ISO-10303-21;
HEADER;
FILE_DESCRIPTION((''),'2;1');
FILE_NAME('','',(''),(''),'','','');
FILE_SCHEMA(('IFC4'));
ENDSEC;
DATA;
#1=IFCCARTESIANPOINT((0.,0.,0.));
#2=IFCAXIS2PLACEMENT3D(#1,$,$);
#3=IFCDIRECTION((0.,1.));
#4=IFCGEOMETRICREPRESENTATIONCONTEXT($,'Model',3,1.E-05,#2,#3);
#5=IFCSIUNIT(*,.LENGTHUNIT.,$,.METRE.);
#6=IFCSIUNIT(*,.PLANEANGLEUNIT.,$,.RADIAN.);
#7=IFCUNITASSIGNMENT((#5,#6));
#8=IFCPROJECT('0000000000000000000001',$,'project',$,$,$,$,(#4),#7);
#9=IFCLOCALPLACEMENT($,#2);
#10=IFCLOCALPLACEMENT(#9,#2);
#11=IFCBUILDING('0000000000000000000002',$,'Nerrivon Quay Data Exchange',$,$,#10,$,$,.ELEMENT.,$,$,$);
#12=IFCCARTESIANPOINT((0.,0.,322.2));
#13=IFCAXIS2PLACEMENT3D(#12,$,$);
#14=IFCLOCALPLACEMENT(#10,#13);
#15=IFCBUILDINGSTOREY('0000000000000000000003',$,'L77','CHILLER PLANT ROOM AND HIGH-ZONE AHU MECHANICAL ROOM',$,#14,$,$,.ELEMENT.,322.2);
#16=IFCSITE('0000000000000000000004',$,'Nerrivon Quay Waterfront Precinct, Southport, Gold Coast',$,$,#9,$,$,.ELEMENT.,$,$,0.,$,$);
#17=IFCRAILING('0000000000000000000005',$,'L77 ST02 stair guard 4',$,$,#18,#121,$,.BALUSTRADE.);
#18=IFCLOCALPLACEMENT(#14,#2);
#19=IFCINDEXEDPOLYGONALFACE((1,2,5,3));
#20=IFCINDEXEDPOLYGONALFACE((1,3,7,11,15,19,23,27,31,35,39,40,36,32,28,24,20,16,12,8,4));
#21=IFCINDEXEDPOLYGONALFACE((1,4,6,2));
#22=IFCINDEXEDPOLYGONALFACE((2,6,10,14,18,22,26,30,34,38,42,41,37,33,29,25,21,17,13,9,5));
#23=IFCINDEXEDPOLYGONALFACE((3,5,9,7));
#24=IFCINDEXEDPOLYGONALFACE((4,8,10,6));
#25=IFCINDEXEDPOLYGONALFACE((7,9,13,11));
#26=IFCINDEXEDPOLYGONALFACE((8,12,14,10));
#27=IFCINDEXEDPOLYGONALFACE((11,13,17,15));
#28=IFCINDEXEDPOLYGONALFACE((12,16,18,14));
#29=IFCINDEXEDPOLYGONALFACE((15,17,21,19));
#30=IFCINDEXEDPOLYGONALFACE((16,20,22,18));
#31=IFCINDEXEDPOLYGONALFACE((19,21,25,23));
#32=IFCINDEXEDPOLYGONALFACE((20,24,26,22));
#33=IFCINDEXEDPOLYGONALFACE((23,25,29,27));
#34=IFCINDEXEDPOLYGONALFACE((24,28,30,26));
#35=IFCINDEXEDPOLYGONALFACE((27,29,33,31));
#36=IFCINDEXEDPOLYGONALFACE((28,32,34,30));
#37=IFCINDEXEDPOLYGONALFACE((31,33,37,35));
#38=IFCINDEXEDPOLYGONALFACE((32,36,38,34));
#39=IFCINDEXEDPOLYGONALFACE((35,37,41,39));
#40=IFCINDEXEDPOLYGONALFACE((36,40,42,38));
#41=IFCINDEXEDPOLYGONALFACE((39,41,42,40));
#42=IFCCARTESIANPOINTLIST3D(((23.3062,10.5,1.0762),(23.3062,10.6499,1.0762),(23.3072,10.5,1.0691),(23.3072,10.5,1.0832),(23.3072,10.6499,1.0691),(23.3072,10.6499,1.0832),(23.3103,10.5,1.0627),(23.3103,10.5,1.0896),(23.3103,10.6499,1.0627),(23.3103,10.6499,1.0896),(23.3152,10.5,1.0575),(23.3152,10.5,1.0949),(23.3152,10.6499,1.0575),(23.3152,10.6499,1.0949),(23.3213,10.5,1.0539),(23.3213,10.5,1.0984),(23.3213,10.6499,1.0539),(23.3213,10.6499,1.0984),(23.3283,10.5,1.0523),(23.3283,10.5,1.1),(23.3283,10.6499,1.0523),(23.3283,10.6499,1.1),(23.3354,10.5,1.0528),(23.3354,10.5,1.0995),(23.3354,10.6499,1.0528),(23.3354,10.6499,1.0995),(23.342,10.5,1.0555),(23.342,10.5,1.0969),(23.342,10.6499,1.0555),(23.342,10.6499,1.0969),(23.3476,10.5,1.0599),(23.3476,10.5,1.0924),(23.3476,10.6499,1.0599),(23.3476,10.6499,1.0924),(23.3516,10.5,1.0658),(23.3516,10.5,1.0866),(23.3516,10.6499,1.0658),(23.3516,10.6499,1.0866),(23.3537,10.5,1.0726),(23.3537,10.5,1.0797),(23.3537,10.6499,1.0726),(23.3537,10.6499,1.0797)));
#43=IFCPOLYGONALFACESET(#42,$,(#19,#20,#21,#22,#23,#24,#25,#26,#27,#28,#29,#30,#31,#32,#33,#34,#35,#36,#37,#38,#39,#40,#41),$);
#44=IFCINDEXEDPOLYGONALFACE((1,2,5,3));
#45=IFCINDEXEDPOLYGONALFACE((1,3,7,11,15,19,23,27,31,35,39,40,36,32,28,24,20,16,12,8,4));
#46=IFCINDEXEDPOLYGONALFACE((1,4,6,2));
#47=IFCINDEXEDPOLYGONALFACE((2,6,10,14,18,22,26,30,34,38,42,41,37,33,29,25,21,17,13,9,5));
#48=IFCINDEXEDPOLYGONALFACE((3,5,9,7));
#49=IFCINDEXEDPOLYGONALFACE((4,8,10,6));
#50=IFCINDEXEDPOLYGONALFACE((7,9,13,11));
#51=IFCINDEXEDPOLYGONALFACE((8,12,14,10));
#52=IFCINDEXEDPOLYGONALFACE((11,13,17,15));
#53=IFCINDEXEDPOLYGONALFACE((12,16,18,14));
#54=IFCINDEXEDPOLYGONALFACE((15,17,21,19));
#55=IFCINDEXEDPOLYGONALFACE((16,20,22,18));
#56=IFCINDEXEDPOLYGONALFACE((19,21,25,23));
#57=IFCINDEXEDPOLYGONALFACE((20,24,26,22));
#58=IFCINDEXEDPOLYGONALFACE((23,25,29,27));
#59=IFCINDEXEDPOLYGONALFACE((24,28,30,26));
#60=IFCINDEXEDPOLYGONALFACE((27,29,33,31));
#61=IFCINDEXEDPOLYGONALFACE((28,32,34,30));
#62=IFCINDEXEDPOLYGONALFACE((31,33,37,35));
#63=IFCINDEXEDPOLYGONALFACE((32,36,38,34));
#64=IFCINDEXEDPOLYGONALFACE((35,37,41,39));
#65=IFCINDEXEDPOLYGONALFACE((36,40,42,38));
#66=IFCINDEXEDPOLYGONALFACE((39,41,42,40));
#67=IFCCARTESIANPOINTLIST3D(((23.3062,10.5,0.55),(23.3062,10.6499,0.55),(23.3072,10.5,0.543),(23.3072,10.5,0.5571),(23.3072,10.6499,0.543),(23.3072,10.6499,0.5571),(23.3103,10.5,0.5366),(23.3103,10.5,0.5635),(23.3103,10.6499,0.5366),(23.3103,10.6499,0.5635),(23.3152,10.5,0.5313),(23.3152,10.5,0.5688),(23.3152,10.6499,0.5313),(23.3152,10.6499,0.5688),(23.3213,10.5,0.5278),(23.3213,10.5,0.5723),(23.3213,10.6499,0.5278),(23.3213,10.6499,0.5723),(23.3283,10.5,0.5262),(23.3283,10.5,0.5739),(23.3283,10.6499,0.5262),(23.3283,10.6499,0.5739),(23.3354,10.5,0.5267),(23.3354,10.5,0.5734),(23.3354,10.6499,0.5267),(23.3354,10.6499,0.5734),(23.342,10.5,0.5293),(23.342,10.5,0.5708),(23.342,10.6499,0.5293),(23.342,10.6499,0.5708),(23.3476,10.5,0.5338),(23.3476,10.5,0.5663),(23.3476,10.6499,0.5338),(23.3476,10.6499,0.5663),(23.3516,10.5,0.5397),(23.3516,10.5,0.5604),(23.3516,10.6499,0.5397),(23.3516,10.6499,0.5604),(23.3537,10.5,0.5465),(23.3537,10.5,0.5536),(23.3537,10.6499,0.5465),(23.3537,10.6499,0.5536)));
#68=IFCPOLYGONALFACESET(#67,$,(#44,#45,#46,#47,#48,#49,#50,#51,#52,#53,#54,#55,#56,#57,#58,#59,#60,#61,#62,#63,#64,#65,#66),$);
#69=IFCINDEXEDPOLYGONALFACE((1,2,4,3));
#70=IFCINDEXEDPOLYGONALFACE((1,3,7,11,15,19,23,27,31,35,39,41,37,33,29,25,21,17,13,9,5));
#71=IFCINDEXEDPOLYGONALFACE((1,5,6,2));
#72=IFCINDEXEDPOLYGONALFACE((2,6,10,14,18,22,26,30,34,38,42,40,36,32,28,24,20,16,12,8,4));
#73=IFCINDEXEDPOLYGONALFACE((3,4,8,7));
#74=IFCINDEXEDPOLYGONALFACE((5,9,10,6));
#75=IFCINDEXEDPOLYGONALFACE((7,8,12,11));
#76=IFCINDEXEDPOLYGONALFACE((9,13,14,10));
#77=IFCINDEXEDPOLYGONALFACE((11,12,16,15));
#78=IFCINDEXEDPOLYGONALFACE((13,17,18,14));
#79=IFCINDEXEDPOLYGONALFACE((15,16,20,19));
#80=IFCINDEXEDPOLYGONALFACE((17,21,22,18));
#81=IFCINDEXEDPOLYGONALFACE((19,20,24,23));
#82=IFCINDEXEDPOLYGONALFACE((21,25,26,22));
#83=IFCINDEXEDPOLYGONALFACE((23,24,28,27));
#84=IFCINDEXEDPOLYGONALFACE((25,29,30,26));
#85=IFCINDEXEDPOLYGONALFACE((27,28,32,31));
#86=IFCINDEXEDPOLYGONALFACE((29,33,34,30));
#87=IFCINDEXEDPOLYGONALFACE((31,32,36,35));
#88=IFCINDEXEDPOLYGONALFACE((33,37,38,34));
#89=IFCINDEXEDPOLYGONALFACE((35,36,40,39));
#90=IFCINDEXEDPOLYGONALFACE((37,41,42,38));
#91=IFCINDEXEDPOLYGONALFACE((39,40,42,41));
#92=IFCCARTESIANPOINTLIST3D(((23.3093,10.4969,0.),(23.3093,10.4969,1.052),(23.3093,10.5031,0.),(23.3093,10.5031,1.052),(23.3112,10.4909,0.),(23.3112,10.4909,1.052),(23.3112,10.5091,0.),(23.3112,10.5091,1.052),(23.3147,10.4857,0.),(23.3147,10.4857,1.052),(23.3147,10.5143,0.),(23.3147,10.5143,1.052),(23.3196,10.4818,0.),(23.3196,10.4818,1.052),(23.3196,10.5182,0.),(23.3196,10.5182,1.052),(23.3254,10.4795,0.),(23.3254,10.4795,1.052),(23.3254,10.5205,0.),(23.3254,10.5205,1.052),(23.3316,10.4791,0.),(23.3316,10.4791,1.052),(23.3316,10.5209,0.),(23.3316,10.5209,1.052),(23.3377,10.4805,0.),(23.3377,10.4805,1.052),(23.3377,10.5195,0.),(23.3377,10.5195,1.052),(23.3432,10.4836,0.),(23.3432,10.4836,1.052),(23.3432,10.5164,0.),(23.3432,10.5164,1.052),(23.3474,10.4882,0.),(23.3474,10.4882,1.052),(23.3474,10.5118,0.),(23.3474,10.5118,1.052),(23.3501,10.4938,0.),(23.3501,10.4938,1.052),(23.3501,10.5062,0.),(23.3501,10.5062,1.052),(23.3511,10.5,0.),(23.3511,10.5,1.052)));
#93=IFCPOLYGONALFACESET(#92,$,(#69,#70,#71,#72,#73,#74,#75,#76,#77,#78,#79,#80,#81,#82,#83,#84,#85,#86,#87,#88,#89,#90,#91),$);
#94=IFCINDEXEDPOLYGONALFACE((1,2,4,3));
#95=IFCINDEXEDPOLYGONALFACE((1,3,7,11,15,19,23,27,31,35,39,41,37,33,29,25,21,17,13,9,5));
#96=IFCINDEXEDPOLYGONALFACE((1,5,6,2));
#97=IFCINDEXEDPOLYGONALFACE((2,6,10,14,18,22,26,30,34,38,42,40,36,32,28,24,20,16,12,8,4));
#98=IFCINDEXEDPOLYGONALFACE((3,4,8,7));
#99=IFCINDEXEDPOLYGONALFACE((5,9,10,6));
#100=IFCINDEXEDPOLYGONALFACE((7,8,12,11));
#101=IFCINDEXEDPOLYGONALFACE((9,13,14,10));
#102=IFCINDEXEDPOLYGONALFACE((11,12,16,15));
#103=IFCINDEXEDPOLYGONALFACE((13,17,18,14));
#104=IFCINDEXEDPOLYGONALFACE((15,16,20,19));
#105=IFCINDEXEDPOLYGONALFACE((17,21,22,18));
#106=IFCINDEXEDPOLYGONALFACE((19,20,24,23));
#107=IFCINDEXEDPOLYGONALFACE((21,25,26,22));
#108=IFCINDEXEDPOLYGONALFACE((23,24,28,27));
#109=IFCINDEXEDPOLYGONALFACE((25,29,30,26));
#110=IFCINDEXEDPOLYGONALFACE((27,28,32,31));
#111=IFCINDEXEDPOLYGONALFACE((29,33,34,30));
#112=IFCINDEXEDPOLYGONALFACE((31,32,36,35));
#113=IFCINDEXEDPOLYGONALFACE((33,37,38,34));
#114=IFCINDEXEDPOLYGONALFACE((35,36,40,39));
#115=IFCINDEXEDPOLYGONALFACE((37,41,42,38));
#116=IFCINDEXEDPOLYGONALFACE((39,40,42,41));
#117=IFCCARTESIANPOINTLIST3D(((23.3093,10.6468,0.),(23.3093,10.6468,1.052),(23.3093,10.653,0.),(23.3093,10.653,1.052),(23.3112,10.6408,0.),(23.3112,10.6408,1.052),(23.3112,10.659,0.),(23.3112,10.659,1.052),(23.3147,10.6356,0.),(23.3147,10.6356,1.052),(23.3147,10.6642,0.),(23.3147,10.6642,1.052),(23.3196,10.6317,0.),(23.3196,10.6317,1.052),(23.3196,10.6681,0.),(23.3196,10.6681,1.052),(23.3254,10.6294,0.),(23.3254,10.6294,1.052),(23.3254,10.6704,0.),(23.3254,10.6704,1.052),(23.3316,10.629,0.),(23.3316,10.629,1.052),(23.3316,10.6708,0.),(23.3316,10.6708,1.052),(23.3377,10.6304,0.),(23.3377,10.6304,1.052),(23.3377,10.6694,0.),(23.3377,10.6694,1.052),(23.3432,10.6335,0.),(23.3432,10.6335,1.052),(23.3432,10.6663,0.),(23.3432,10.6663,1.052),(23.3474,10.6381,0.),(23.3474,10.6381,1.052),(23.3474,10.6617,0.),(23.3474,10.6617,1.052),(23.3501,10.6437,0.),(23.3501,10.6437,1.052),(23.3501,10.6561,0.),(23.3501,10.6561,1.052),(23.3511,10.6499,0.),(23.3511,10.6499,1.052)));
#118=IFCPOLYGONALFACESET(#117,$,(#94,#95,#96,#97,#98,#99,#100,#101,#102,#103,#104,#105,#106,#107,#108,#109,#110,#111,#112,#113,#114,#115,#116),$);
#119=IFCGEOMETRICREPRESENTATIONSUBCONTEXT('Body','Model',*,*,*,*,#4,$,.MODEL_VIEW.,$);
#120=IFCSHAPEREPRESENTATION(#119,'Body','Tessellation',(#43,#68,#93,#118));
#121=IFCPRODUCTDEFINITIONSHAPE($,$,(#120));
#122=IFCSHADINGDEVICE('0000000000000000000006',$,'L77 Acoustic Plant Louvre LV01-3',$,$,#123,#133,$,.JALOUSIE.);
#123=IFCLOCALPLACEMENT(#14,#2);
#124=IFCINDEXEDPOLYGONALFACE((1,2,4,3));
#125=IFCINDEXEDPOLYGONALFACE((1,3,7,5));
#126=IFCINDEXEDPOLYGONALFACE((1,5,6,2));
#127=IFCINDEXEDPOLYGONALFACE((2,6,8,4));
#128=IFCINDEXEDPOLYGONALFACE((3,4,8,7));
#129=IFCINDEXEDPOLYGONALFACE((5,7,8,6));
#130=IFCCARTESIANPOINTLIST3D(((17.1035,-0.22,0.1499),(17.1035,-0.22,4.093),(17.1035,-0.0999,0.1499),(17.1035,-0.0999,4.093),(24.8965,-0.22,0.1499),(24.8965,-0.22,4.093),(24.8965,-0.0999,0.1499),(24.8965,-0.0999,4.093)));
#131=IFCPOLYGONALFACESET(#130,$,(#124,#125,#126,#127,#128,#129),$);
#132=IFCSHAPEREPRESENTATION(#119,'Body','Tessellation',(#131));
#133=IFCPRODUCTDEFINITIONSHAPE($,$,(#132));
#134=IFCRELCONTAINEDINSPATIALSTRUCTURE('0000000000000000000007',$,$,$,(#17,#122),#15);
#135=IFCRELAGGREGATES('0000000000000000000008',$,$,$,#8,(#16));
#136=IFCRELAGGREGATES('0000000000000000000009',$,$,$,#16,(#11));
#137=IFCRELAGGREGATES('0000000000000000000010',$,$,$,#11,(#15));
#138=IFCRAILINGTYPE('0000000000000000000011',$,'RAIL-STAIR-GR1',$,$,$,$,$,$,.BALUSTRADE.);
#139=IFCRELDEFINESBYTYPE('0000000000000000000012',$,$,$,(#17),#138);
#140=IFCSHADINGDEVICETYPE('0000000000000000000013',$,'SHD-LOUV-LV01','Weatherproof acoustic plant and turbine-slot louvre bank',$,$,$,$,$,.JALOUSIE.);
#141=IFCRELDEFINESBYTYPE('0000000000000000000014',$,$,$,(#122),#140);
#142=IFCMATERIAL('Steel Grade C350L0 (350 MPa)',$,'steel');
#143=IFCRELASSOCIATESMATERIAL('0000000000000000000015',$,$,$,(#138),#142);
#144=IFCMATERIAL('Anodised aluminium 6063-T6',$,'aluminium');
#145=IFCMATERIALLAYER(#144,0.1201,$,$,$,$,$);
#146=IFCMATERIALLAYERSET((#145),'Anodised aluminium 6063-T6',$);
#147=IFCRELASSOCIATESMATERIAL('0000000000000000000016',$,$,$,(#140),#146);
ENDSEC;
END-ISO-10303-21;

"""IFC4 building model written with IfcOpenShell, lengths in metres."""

from ifc_helpers import new_model, si_unit, direction, frame, origin, origin_2d, place, context, subcontext, project, spatial, rectangle, circle, extrude, material, layer, layer_set, type_object, element, save


model = new_model("IFC4")

# Units and contexts
model_context = context("Model", 3, precision=1e-05, world=origin(), true_north=direction((0.0, 1.0)))
body_context = subcontext(model_context, "Body", "Model", "MODEL_VIEW")
ifc_project = project(units=[si_unit("LENGTHUNIT", "METRE"), si_unit("PLANEANGLEUNIT", "RADIAN")], contexts=[model_context])

# Site, building, storey
site_placement = place(None, origin())
site = spatial("IfcSite", under=ifc_project, at=site_placement, Name="Nerrivon Quay Waterfront Precinct, Southport, Gold Coast", CompositionType="ELEMENT", RefElevation=0.0)
building_placement = place(site_placement, origin())
building = spatial("IfcBuilding", under=site, at=building_placement, Name="Nerrivon Quay Data Exchange", CompositionType="ELEMENT")
storey_placement = place(building_placement, frame((0.0, 0.0, 322.2)))
storey = spatial("IfcBuildingStorey", under=building, at=storey_placement, Name="L77", Description="CHILLER PLANT ROOM AND HIGH-ZONE AHU MECHANICAL ROOM", CompositionType="ELEMENT", Elevation=322.2)

# Railing
ifc_material_1 = material(Name="Steel Grade C350L0 (350 MPa)", Category="steel")
railing_type_1 = type_object("IfcRailingType", Name="RAIL-STAIR-GR1", PredefinedType="BALUSTRADE", material=ifc_material_1)
railing_1_placement = place(storey_placement, frame((23.3301, 10.5, 0.0)))
element("IfcRailing", 1, at=railing_1_placement, inside=storey, type_object=railing_type_1, Name="L77 ST02 stair guard 4", PredefinedType="BALUSTRADE", context=body_context, shape_type="SweptSolid", body=[
    extrude(circle(Radius=0.0239, at=origin_2d()), frame((0.0, 0.0, 1.0762), z_axis=(0.0, 1.0, 0.0), x_axis=(-1.0, 0.0, 0.0)), (0.0, 0.0, 1.0), 0.1499),
    extrude(circle(Radius=0.0239, at=origin_2d()), frame((0.0, 0.0, 0.55), z_axis=(0.0, 1.0, 0.0), x_axis=(-1.0, 0.0, 0.0)), (0.0, 0.0, 1.0), 0.1499),
    extrude(circle(Radius=0.021, at=origin_2d()), origin(), (0.0, 0.0, 1.0), 1.052),
    extrude(circle(Radius=0.021, at=origin_2d()), frame((0.0, 0.1499, 0.0)), (0.0, 0.0, 1.0), 1.052),
])

# Shading device
ifc_material_2 = material(Name="Anodised aluminium 6063-T6", Category="aluminium")
ifc_layer_1 = layer(ifc_material_2, 0.1201)
ifc_layer_set_1 = layer_set([ifc_layer_1], Name="Anodised aluminium 6063-T6")
shading_device_type = type_object("IfcShadingDeviceType", Name="SHD-LOUV-LV01", Description="Weatherproof acoustic plant and turbine-slot louvre bank", PredefinedType="JALOUSIE", material=ifc_layer_set_1)
shading_device_placement = place(storey_placement, frame((21.0, -0.1599, 0.1499), z_axis=(0.0, 0.0, 1.0), x_axis=(-1.0, 0.0, 0.0)))
element("IfcShadingDevice", 2, at=shading_device_placement, inside=storey, type_object=shading_device_type, Name="L77 Acoustic Plant Louvre LV01-3", PredefinedType="JALOUSIE", context=body_context, shape_type="SweptSolid", body=[
    extrude(rectangle(XDim=7.793, YDim=0.1201, at=origin_2d()), origin(), (0.0, 0.0, 1.0), 3.9431),
])

save(model, "model.ifc")
